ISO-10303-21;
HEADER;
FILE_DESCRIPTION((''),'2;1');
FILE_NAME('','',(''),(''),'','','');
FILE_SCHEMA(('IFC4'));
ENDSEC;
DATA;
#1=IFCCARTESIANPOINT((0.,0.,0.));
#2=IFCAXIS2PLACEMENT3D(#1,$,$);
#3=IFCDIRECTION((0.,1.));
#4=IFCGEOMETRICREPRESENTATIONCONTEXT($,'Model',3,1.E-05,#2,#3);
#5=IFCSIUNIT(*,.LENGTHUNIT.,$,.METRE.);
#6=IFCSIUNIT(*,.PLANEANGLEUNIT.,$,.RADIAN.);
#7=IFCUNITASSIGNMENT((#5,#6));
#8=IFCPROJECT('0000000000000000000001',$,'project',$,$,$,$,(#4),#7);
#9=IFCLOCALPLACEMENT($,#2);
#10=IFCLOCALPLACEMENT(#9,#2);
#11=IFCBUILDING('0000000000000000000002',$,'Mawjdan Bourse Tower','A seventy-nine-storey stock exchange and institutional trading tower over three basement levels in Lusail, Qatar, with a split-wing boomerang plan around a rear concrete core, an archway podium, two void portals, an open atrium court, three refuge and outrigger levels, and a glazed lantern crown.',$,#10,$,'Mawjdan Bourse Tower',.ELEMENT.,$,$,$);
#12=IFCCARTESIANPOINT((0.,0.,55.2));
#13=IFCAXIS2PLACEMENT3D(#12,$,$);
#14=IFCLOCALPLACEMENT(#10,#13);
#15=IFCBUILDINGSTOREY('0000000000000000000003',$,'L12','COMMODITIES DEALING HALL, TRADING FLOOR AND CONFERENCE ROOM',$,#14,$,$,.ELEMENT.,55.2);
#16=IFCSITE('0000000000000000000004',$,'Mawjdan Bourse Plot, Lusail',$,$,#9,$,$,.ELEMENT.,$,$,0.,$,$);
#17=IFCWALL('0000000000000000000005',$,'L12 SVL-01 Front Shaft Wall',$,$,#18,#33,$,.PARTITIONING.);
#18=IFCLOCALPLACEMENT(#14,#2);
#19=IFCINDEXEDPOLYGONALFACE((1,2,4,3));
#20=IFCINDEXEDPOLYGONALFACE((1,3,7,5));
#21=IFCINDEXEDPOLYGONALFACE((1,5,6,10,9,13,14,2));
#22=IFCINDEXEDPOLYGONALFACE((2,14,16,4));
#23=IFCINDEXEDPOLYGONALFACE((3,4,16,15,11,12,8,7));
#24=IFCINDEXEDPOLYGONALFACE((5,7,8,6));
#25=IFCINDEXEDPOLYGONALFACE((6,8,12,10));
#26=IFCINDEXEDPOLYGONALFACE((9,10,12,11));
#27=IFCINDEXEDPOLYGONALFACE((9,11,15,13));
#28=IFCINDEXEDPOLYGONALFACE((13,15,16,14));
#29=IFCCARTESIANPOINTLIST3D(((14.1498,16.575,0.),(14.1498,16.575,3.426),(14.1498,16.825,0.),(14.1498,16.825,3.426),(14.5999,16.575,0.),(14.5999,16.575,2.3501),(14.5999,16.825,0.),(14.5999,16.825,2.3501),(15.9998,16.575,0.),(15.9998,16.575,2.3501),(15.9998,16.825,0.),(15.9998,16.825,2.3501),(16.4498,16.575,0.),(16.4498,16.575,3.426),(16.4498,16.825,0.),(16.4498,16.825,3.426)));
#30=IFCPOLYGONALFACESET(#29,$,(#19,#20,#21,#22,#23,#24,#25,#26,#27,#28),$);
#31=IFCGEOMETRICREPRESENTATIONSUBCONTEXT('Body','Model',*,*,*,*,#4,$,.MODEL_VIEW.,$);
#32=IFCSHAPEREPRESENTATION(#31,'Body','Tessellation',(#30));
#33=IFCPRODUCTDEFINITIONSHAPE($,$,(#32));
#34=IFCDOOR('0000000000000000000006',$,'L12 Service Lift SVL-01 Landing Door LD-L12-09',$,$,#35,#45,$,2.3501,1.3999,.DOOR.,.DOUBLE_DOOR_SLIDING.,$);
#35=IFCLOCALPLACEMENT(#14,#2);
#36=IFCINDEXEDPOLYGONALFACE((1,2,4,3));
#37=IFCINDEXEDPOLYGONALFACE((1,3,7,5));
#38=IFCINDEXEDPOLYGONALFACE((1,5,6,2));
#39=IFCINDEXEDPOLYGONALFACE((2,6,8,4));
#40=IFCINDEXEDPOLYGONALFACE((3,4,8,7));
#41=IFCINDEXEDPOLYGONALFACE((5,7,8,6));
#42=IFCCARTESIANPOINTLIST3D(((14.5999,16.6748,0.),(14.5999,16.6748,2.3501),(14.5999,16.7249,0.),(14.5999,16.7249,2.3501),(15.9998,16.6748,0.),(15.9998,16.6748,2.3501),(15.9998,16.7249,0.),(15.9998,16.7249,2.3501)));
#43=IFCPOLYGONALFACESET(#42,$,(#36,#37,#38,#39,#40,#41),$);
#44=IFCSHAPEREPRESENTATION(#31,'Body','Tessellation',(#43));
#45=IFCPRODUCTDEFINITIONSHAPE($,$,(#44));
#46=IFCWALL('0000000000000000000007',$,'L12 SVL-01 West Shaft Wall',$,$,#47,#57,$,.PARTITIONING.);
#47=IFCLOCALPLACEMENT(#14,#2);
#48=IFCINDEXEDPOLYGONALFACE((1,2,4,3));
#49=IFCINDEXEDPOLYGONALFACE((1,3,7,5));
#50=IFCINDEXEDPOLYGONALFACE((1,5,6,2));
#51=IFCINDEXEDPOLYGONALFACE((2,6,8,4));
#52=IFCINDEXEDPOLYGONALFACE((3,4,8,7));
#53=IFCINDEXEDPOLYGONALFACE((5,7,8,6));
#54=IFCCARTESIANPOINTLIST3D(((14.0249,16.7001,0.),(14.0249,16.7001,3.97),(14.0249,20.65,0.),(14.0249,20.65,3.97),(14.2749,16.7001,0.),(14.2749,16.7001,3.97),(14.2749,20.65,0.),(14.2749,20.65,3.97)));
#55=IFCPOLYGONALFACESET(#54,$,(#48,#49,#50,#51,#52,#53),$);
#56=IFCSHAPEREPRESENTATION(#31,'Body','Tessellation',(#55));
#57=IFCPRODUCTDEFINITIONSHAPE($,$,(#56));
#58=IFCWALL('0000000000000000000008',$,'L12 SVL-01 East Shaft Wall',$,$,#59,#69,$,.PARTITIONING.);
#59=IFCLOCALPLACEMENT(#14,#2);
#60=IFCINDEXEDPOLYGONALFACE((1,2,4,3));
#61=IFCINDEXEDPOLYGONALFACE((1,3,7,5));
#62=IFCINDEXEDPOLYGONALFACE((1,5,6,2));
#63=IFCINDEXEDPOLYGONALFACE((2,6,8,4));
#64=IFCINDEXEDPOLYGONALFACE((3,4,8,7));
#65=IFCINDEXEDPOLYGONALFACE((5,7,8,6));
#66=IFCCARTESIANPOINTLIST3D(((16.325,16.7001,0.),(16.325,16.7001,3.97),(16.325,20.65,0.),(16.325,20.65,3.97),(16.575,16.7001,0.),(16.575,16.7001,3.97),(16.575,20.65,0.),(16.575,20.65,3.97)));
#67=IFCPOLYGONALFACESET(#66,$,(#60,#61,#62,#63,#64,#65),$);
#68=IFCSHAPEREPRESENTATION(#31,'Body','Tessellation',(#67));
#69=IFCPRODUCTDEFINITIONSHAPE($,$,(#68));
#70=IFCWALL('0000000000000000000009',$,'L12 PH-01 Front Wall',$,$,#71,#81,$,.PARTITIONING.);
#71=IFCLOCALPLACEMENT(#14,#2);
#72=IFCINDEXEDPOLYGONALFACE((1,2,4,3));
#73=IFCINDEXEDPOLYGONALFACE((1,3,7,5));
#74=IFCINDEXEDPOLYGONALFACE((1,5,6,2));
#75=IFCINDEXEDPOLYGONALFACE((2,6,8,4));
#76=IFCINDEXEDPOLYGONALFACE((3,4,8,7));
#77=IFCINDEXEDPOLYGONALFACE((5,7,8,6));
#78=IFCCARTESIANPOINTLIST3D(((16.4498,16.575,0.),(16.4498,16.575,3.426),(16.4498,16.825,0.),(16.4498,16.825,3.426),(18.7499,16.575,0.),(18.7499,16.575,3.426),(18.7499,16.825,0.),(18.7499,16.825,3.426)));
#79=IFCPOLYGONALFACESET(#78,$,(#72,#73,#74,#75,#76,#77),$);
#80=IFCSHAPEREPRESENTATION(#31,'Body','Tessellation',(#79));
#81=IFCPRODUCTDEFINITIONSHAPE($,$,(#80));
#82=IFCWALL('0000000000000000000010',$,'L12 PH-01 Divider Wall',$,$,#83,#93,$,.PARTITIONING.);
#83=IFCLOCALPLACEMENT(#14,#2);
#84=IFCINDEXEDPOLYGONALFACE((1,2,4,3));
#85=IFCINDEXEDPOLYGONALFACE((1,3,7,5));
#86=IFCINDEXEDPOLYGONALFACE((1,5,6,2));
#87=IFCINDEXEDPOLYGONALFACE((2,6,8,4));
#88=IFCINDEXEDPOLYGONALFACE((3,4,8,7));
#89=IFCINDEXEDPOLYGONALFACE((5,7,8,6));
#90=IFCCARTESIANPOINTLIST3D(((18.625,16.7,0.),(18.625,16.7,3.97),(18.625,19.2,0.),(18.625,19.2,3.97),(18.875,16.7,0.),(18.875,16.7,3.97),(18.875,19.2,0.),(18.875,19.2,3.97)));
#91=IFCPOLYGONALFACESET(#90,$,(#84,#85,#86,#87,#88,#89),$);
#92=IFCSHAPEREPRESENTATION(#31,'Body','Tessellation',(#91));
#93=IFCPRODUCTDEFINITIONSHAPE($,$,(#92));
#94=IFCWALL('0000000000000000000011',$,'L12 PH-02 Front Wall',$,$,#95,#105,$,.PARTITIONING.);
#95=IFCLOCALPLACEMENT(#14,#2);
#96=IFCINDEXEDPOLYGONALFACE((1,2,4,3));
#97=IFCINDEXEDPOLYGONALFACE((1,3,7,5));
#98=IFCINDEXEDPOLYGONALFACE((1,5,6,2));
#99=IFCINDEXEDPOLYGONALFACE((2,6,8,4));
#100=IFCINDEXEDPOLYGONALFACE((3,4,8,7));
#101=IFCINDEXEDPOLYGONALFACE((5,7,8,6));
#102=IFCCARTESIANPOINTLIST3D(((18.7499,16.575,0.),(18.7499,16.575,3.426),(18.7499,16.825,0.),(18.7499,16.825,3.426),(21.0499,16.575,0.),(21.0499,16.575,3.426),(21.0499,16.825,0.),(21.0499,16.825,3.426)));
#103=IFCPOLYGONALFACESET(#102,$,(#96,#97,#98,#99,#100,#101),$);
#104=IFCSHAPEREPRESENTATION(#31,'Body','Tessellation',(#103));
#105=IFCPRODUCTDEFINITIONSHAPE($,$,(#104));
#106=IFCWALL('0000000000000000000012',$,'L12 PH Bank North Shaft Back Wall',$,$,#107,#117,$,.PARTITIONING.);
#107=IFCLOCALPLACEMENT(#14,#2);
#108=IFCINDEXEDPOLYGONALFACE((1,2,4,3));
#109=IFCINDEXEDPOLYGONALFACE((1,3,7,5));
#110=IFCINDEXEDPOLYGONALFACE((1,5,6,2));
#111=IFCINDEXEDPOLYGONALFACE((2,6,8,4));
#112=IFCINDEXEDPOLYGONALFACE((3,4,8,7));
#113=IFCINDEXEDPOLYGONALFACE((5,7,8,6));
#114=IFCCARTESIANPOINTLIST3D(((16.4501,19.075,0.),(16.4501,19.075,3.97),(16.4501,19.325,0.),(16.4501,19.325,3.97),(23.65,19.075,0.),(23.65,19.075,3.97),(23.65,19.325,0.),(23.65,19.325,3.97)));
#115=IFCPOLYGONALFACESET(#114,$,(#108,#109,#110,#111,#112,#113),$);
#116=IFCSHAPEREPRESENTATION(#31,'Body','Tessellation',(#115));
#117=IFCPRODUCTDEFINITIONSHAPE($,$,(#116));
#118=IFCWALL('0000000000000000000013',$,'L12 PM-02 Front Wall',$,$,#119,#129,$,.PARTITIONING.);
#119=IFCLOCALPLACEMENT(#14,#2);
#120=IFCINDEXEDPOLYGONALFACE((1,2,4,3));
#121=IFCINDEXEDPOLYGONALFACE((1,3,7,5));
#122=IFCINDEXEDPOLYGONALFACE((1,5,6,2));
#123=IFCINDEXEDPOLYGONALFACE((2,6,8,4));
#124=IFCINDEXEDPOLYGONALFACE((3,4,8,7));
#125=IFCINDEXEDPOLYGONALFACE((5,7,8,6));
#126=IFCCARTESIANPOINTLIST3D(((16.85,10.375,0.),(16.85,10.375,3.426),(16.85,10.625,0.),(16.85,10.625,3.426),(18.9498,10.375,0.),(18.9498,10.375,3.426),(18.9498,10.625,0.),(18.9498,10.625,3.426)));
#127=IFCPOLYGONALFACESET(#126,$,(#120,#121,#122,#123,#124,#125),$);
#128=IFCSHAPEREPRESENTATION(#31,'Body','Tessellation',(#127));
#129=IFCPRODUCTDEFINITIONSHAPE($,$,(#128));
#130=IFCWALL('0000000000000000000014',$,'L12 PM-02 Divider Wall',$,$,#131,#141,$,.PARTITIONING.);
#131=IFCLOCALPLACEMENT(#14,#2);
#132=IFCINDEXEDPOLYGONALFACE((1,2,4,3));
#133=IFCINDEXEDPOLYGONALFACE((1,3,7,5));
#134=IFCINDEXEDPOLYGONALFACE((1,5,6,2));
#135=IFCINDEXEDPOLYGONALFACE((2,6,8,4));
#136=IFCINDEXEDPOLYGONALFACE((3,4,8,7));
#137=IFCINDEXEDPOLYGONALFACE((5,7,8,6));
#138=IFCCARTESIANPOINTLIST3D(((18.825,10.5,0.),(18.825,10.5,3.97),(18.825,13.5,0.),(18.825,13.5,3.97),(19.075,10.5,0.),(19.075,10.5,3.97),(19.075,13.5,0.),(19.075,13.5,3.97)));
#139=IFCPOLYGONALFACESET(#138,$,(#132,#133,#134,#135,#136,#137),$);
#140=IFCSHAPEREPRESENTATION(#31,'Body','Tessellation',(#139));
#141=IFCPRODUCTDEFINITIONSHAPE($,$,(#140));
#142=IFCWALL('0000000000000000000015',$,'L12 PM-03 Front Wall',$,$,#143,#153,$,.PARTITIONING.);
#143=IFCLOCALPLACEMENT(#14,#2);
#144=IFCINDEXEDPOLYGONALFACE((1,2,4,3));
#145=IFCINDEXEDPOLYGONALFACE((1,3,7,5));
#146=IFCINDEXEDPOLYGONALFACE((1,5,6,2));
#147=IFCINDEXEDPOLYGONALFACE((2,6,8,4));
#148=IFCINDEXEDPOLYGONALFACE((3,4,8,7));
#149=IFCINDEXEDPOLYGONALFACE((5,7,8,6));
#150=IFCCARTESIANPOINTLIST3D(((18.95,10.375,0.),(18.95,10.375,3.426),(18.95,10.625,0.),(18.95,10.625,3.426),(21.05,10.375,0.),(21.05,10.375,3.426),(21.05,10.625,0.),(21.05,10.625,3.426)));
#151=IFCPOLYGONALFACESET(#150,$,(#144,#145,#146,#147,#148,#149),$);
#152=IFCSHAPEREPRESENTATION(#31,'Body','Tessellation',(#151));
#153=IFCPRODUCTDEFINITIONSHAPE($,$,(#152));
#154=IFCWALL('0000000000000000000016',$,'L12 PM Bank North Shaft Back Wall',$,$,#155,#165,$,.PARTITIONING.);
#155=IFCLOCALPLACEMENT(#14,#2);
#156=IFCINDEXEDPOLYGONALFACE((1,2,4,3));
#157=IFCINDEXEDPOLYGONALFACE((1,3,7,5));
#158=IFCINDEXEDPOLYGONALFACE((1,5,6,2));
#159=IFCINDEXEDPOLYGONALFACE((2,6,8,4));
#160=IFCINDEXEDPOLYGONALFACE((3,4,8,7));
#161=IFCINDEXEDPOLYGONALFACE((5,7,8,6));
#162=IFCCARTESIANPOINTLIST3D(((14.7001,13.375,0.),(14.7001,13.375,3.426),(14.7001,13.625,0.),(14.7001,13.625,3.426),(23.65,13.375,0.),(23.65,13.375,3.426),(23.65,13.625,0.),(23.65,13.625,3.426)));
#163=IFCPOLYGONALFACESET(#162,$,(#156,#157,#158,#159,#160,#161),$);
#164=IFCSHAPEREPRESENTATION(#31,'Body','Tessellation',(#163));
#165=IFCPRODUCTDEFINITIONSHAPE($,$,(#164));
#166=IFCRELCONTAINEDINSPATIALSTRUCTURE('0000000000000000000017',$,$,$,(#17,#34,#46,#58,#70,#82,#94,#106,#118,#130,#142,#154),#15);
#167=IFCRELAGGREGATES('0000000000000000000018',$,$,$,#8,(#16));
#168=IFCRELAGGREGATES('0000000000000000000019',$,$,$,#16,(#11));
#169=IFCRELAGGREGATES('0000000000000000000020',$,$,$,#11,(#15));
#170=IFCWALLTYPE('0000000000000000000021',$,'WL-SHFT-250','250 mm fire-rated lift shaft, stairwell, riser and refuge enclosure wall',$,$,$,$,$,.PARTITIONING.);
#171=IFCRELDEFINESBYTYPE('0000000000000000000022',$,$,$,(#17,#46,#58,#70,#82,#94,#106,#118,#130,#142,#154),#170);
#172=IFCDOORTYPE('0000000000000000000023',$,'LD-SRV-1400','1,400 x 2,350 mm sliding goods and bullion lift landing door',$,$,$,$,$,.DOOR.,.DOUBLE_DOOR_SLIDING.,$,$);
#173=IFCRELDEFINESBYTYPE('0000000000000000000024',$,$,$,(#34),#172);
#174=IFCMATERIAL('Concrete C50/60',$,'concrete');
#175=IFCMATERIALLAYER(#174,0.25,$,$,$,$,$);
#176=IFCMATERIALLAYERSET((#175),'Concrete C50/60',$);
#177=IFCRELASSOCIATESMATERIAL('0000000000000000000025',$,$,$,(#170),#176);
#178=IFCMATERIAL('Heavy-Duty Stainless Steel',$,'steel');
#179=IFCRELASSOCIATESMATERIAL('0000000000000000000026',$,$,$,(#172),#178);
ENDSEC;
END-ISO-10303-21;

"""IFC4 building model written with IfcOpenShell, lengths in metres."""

from ifc_helpers import new_model, si_unit, direction, frame, frame_2d, origin, place, context, subcontext, project, spatial, rectangle, extrude, material, layer, layer_set, type_object, element, fill, save


model = new_model("IFC4")

# Units and contexts
model_context = context("Model", 3, precision=1e-05, world=origin(), true_north=direction((0.0, 1.0)))
body_context = subcontext(model_context, "Body", "Model", "MODEL_VIEW")
ifc_project = project(units=[si_unit("LENGTHUNIT", "METRE"), si_unit("PLANEANGLEUNIT", "RADIAN")], contexts=[model_context])

# Site, building, storey
site_placement = place(None, origin())
site = spatial("IfcSite", under=ifc_project, at=site_placement, Name="Mawjdan Bourse Plot, Lusail", CompositionType="ELEMENT", RefElevation=0.0)
building_placement = place(site_placement, origin())
building = spatial("IfcBuilding", under=site, at=building_placement, Name="Mawjdan Bourse Tower", Description="A seventy-nine-storey stock exchange and institutional trading tower over three basement levels in Lusail, Qatar, with a split-wing boomerang plan around a rear concrete core, an archway podium, two void portals, an open atrium court, three refuge and outrigger levels, and a glazed lantern crown.", LongName="Mawjdan Bourse Tower", CompositionType="ELEMENT")
storey_placement = place(building_placement, frame((0.0, 0.0, 55.2)))
storey = spatial("IfcBuildingStorey", under=building, at=storey_placement, Name="L12", Description="COMMODITIES DEALING HALL, TRADING FLOOR AND CONFERENCE ROOM", CompositionType="ELEMENT", Elevation=55.2)

# Shared definitions
ifc_material_1 = material(Name="Concrete C50/60", Category="concrete")
ifc_layer_1 = layer(ifc_material_1, 0.25)
ifc_layer_set_1 = layer_set([ifc_layer_1], Name="Concrete C50/60")
wall_type_1 = type_object("IfcWallType", Name="WL-SHFT-250", Description="250 mm fire-rated lift shaft, stairwell, riser and refuge enclosure wall", PredefinedType="PARTITIONING", material=ifc_layer_set_1)

# Wall, opening, door
wall_1_placement = place(storey_placement, frame((14.1499, 16.7, 0.0), z_axis=(0.0, 0.0, 1.0), x_axis=(1.0, 0.0, 0.0)))
wall_1 = element("IfcWall", 1, at=wall_1_placement, inside=storey, type_object=wall_type_1, Name="L12 SVL-01 Front Shaft Wall", PredefinedType="PARTITIONING", context=body_context, shape_type="SweptSolid", body=[
    extrude(rectangle(XDim=2.3, YDim=0.25, at=frame_2d((1.1499, 0.0))), origin(), (0.0, 0.0, 1.0), 3.426),
])
opening_1_placement = place(wall_1_placement, frame((0.45, 0.0, 0.0)))
opening_1 = element("IfcOpeningElement", 2, at=opening_1_placement, cuts=wall_1, PredefinedType="OPENING", context=body_context, shape_type="SweptSolid", body=[
    extrude(rectangle(XDim=1.3999, YDim=2.3501, at=frame_2d((0.7, 1.175))), frame((0.0, 0.135, 0.0), z_axis=(0.0, -1.0, 0.0), x_axis=(1.0, 0.0, 0.0)), (0.0, 0.0, 1.0), 0.27),
])
ifc_material_2 = material(Name="Heavy-Duty Stainless Steel", Category="steel")
door_type_1 = type_object("IfcDoorType", Name="LD-SRV-1400", Description="1,400 x 2,350 mm sliding goods and bullion lift landing door", OperationType="DOUBLE_DOOR_SLIDING", PredefinedType="DOOR", material=ifc_material_2)
door_1_placement = place(opening_1_placement, origin())
door_1 = element("IfcDoor", 3, at=door_1_placement, inside=storey, type_object=door_type_1, Name="L12 Service Lift SVL-01 Landing Door LD-L12-09", OperationType="DOUBLE_DOOR_SLIDING", OverallHeight=2.3501, OverallWidth=1.3999, PredefinedType="DOOR", context=body_context, shape_type="SweptSolid", body=[
    extrude(rectangle(XDim=1.3999, YDim=2.3501, at=frame_2d((0.7, 1.175))), frame((0.0, 0.0249, 0.0), z_axis=(0.0, -1.0, 0.0), x_axis=(1.0, 0.0, 0.0)), (0.0, 0.0, 1.0), 0.05),
])
fill(opening_1, door_1)

# Walls
for number, where, z_axis, x_axis, name in (
    (4, (14.1499, 16.7, 0.0), (0.0, 0.0, 1.0), (0.0, 1.0, 0.0), "L12 SVL-01 West Shaft Wall"),
    (5, (16.45, 16.7, 0.0), (0.0, 0.0, 1.0), (0.0, 1.0, 0.0), "L12 SVL-01 East Shaft Wall"),
):
    element("IfcWall", number, at=place(storey_placement, frame(where, z_axis=z_axis, x_axis=x_axis)), inside=storey, type_object=wall_type_1, Name=name, PredefinedType="PARTITIONING", context=body_context, shape_type="SweptSolid", body=[
        extrude(rectangle(XDim=3.95, YDim=0.25, at=frame_2d((1.9751, 0.0))), origin(), (0.0, 0.0, 1.0), 3.97),
    ])
wall_2_placement = place(storey_placement, frame((16.45, 16.7, 0.0), z_axis=(0.0, 0.0, 1.0), x_axis=(1.0, 0.0, 0.0)))
element("IfcWall", 6, at=wall_2_placement, inside=storey, type_object=wall_type_1, Name="L12 PH-01 Front Wall", PredefinedType="PARTITIONING", context=body_context, shape_type="SweptSolid", body=[
    extrude(rectangle(XDim=2.3, YDim=0.25, at=frame_2d((1.1499, 0.0))), origin(), (0.0, 0.0, 1.0), 3.426),
])
wall_3_placement = place(storey_placement, frame((18.75, 16.7, 0.0), z_axis=(0.0, 0.0, 1.0), x_axis=(0.0, 1.0, 0.0)))
element("IfcWall", 7, at=wall_3_placement, inside=storey, type_object=wall_type_1, Name="L12 PH-01 Divider Wall", PredefinedType="PARTITIONING", context=body_context, shape_type="SweptSolid", body=[
    extrude(rectangle(XDim=2.5, YDim=0.25, at=frame_2d((1.25, 0.0))), origin(), (0.0, 0.0, 1.0), 3.97),
])
wall_4_placement = place(storey_placement, frame((18.75, 16.7, 0.0), z_axis=(0.0, 0.0, 1.0), x_axis=(1.0, 0.0, 0.0)))
element("IfcWall", 8, at=wall_4_placement, inside=storey, type_object=wall_type_1, Name="L12 PH-02 Front Wall", PredefinedType="PARTITIONING", context=body_context, shape_type="SweptSolid", body=[
    extrude(rectangle(XDim=2.3, YDim=0.25, at=frame_2d((1.1499, 0.0))), origin(), (0.0, 0.0, 1.0), 3.426),
])
wall_5_placement = place(storey_placement, frame((16.45, 19.2, 0.0), z_axis=(0.0, 0.0, 1.0), x_axis=(1.0, 0.0, 0.0)))
element("IfcWall", 9, at=wall_5_placement, inside=storey, type_object=wall_type_1, Name="L12 PH Bank North Shaft Back Wall", PredefinedType="PARTITIONING", context=body_context, shape_type="SweptSolid", body=[
    extrude(rectangle(XDim=7.2, YDim=0.25, at=frame_2d((3.6001, 0.0))), origin(), (0.0, 0.0, 1.0), 3.97),
])
wall_6_placement = place(storey_placement, frame((16.8501, 10.5, 0.0), z_axis=(0.0, 0.0, 1.0), x_axis=(1.0, 0.0, 0.0)))
element("IfcWall", 10, at=wall_6_placement, inside=storey, type_object=wall_type_1, Name="L12 PM-02 Front Wall", PredefinedType="PARTITIONING", context=body_context, shape_type="SweptSolid", body=[
    extrude(rectangle(XDim=2.0999, YDim=0.25, at=frame_2d((1.0498, 0.0))), origin(), (0.0, 0.0, 1.0), 3.426),
])
wall_7_placement = place(storey_placement, frame((18.95, 10.5, 0.0), z_axis=(0.0, 0.0, 1.0), x_axis=(0.0, 1.0, 0.0)))
element("IfcWall", 11, at=wall_7_placement, inside=storey, type_object=wall_type_1, Name="L12 PM-02 Divider Wall", PredefinedType="PARTITIONING", context=body_context, shape_type="SweptSolid", body=[
    extrude(rectangle(XDim=3.0, YDim=0.25, at=frame_2d((1.5, 0.0))), origin(), (0.0, 0.0, 1.0), 3.97),
])
wall_8_placement = place(storey_placement, frame((18.95, 10.5, 0.0), z_axis=(0.0, 0.0, 1.0), x_axis=(1.0, 0.0, 0.0)))
element("IfcWall", 12, at=wall_8_placement, inside=storey, type_object=wall_type_1, Name="L12 PM-03 Front Wall", PredefinedType="PARTITIONING", context=body_context, shape_type="SweptSolid", body=[
    extrude(rectangle(XDim=2.1001, YDim=0.25, at=frame_2d((1.05, 0.0))), origin(), (0.0, 0.0, 1.0), 3.426),
])
wall_9_placement = place(storey_placement, frame((14.7, 13.5, 0.0), z_axis=(0.0, 0.0, 1.0), x_axis=(1.0, 0.0, 0.0)))
element("IfcWall", 13, at=wall_9_placement, inside=storey, type_object=wall_type_1, Name="L12 PM Bank North Shaft Back Wall", PredefinedType="PARTITIONING", context=body_context, shape_type="SweptSolid", body=[
    extrude(rectangle(XDim=8.95, YDim=0.25, at=frame_2d((4.4751, 0.0))), origin(), (0.0, 0.0, 1.0), 3.426),
])

save(model, "model.ifc")
